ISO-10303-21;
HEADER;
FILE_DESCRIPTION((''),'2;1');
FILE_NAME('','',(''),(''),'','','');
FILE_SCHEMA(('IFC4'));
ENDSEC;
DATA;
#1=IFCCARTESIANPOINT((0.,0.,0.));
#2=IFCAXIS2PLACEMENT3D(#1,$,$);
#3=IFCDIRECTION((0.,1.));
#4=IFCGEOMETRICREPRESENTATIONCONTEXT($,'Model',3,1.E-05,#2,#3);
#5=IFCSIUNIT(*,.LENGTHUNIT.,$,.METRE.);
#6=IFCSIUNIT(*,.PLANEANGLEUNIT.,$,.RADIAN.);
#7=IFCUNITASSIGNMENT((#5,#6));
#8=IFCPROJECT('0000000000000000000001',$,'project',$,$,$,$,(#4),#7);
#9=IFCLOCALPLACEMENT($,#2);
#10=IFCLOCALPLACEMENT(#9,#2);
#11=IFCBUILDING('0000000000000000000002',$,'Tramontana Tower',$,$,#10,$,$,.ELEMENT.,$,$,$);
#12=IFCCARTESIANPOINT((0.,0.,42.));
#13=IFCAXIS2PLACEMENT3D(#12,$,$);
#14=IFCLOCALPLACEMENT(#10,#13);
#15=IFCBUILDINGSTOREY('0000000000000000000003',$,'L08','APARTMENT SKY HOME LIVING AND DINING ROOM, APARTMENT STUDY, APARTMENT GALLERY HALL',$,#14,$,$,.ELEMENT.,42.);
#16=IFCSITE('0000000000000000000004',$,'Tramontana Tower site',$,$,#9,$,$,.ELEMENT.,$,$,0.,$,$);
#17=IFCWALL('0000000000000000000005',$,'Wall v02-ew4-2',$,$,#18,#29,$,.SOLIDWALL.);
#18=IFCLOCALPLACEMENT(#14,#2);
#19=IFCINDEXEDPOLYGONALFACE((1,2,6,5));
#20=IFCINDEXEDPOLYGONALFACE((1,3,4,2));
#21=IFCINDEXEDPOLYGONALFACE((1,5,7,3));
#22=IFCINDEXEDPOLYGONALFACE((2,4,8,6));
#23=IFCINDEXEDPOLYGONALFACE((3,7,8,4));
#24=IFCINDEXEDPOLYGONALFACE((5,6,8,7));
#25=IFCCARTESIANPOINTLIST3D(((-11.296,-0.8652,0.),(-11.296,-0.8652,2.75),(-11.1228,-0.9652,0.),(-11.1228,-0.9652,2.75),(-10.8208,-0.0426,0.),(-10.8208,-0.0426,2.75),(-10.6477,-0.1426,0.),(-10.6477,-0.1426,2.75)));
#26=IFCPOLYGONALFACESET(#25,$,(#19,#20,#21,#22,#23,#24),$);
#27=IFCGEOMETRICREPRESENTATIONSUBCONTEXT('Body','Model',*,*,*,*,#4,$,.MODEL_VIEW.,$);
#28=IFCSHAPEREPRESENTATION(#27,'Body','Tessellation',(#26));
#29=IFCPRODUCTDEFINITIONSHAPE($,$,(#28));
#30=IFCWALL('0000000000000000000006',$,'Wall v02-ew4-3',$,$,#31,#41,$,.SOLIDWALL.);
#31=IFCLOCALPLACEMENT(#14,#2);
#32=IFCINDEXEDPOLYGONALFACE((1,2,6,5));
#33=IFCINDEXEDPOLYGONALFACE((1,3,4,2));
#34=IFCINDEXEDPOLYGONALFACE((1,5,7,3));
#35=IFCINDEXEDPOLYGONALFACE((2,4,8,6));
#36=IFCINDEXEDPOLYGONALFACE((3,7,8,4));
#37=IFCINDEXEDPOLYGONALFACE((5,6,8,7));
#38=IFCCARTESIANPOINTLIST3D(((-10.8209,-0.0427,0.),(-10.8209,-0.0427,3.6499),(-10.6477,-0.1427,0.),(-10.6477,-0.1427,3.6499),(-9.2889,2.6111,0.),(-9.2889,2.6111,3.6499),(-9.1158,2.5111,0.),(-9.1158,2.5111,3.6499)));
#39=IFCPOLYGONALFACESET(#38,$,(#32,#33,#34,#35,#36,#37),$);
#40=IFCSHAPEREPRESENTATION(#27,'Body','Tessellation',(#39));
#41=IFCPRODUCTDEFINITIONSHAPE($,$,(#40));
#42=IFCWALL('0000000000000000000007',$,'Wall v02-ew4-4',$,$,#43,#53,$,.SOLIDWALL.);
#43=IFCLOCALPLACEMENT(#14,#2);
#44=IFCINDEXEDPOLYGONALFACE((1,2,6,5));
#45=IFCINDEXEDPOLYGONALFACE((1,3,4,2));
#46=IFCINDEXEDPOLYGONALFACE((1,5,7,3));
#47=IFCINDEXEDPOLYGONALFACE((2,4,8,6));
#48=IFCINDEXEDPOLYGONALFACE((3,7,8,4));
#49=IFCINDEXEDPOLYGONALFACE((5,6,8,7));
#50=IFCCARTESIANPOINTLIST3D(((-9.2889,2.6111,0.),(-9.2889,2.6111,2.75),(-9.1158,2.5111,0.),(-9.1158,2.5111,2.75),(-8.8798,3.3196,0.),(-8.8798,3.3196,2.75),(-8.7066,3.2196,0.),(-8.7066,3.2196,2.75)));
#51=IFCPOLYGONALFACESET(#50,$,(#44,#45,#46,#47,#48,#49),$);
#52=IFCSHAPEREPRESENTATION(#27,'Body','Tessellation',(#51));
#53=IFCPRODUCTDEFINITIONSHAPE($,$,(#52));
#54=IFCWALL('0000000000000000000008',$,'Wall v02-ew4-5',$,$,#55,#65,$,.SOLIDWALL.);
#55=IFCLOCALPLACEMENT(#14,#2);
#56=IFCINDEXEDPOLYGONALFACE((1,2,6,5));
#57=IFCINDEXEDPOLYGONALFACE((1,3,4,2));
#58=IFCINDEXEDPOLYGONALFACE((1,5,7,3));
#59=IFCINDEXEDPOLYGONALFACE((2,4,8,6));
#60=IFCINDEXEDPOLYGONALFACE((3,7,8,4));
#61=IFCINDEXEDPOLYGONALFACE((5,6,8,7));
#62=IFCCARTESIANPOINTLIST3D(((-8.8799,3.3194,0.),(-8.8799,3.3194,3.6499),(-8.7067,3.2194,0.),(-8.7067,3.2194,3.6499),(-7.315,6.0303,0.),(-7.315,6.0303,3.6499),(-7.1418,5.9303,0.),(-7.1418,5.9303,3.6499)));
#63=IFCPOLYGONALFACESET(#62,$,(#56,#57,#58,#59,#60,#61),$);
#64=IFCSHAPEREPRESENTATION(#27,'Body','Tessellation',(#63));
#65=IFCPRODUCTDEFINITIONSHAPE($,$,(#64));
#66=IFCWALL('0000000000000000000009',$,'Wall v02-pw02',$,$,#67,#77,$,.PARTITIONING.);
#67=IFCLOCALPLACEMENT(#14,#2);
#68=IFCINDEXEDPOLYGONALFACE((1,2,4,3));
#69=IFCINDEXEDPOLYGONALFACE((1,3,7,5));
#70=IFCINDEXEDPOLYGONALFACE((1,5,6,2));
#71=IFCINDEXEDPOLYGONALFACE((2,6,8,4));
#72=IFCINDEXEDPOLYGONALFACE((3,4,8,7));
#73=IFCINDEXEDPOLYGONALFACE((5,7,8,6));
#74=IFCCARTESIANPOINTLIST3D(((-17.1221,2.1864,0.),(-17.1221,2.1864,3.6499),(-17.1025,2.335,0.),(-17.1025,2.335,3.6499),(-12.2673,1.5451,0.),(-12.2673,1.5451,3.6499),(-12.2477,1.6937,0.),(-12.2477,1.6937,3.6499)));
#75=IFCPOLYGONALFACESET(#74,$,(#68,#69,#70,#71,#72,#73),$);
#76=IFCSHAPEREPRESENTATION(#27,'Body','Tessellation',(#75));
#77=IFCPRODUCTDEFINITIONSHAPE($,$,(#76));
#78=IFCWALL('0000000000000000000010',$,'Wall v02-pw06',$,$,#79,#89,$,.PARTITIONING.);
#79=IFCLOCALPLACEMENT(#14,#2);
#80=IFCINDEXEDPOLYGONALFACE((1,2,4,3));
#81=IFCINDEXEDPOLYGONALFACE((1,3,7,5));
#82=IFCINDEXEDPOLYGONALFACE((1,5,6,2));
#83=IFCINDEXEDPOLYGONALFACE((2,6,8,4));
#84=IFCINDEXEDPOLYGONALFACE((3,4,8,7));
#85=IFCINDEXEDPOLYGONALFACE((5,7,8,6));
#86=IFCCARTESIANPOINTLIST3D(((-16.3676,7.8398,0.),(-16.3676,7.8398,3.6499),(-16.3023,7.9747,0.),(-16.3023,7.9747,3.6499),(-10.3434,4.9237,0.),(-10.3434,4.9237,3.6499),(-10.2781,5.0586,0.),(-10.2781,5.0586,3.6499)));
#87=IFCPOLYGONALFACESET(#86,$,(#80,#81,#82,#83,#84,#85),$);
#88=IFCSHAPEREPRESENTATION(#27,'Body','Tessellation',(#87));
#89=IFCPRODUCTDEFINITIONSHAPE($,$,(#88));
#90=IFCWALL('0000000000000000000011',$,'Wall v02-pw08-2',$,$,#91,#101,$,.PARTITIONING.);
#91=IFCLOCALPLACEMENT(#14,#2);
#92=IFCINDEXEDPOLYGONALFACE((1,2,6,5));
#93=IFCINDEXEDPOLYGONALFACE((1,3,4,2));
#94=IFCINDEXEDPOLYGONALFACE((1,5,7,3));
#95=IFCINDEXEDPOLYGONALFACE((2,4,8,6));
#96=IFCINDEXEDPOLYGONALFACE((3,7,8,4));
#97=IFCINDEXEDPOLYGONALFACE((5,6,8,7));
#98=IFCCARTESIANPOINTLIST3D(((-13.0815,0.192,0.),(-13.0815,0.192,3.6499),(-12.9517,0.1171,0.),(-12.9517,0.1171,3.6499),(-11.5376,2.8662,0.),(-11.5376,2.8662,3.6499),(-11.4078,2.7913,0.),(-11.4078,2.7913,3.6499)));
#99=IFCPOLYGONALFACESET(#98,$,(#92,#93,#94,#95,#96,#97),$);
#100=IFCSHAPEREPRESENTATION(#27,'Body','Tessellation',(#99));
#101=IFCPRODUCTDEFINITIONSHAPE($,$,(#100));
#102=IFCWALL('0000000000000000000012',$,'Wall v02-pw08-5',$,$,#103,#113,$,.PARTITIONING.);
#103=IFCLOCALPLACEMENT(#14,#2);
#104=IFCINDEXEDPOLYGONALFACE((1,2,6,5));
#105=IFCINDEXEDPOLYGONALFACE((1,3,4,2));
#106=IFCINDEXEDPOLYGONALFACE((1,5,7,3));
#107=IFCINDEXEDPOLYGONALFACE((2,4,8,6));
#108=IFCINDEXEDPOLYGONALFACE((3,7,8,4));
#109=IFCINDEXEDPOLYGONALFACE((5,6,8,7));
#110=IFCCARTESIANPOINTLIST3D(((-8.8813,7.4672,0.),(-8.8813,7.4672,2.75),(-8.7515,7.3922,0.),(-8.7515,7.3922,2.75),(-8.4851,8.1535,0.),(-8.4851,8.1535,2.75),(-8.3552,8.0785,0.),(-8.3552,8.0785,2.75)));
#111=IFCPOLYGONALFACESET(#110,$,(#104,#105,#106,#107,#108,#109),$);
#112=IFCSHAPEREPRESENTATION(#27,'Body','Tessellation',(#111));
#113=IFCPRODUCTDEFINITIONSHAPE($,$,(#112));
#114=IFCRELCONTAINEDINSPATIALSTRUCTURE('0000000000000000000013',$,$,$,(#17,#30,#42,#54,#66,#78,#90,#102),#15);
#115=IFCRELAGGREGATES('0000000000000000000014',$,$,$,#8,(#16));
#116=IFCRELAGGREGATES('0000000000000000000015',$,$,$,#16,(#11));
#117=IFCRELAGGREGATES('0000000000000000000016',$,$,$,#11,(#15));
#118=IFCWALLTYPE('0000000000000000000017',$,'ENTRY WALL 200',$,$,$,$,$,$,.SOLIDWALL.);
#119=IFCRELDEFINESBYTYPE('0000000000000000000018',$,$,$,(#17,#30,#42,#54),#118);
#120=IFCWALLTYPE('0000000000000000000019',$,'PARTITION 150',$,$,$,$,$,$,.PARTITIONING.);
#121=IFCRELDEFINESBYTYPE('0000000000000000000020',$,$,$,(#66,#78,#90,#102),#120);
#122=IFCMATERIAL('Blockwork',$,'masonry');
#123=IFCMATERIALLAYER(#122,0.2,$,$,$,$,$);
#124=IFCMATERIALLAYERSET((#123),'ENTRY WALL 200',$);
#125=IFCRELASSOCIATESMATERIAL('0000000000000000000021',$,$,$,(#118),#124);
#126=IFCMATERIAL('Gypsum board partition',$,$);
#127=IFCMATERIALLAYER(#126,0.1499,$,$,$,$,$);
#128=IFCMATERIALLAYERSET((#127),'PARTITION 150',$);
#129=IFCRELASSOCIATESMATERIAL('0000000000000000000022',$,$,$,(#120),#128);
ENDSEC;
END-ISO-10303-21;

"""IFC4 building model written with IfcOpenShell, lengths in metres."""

from ifc_helpers import new_model, si_unit, direction, frame, frame_2d, origin, place, context, subcontext, project, spatial, rectangle, extrude, material, layer, layer_set, type_object, element, save


model = new_model("IFC4")

# Units and contexts
model_context = context("Model", 3, precision=1e-05, world=origin(), true_north=direction((0.0, 1.0)))
body_context = subcontext(model_context, "Body", "Model", "MODEL_VIEW")
ifc_project = project(units=[si_unit("LENGTHUNIT", "METRE"), si_unit("PLANEANGLEUNIT", "RADIAN")], contexts=[model_context])

# Site, building, storey
site_placement = place(None, origin())
site = spatial("IfcSite", under=ifc_project, at=site_placement, Name="Tramontana Tower site", CompositionType="ELEMENT", RefElevation=0.0)
building_placement = place(site_placement, origin())
building = spatial("IfcBuilding", under=site, at=building_placement, Name="Tramontana Tower", CompositionType="ELEMENT")
storey_placement = place(building_placement, frame((0.0, 0.0, 42.0)))
storey = spatial("IfcBuildingStorey", under=building, at=storey_placement, Name="L08", Description="APARTMENT SKY HOME LIVING AND DINING ROOM, APARTMENT STUDY, APARTMENT GALLERY HALL", CompositionType="ELEMENT", Elevation=42.0)

# Walls
ifc_material_1 = material(Name="Blockwork", Category="masonry")
ifc_layer_1 = layer(ifc_material_1, 0.2)
ifc_layer_set_1 = layer_set([ifc_layer_1], Name="ENTRY WALL 200")
wall_type_1 = type_object("IfcWallType", Name="ENTRY WALL 200", PredefinedType="SOLIDWALL", material=ifc_layer_set_1)
wall_1_placement = place(storey_placement, frame((-11.2095, -0.9153, 0.0), z_axis=(0.0, 0.0, 1.0), x_axis=(0.500175, 0.865924, 0.0)))
element("IfcWall", 1, at=wall_1_placement, inside=storey, type_object=wall_type_1, Name="Wall v02-ew4-2", PredefinedType="SOLIDWALL", context=body_context, shape_type="SweptSolid", body=[
    extrude(rectangle(XDim=0.95, YDim=0.2, at=frame_2d((0.4751, 0.0))), origin(), (0.0, 0.0, 1.0), 2.75),
])
wall_2_placement = place(storey_placement, frame((-10.7344, -0.0928, 0.0), z_axis=(0.0, 0.0, 1.0), x_axis=(0.499952, 0.866053, 0.0)))
element("IfcWall", 2, at=wall_2_placement, inside=storey, type_object=wall_type_1, Name="Wall v02-ew4-3", PredefinedType="SOLIDWALL", context=body_context, shape_type="SweptSolid", body=[
    extrude(rectangle(XDim=3.0642, YDim=0.2, at=frame_2d((1.5322, 0.0))), origin(), (0.0, 0.0, 1.0), 3.6499),
])
wall_3_placement = place(storey_placement, frame((-9.2024, 2.561, 0.0), z_axis=(0.0, 0.0, 1.0), x_axis=(0.500119, 0.865957, 0.0)))
element("IfcWall", 3, at=wall_3_placement, inside=storey, type_object=wall_type_1, Name="Wall v02-ew4-4", PredefinedType="SOLIDWALL", context=body_context, shape_type="SweptSolid", body=[
    extrude(rectangle(XDim=0.8181, YDim=0.2, at=frame_2d((0.4092, 0.0))), origin(), (0.0, 0.0, 1.0), 2.75),
])
wall_4_placement = place(storey_placement, frame((-8.7932, 3.2695, 0.0), z_axis=(0.0, 0.0, 1.0), x_axis=(0.499948, 0.866056, 0.0)))
element("IfcWall", 4, at=wall_4_placement, inside=storey, type_object=wall_type_1, Name="Wall v02-ew4-5", PredefinedType="SOLIDWALL", context=body_context, shape_type="SweptSolid", body=[
    extrude(rectangle(XDim=3.1301, YDim=0.2, at=frame_2d((1.5649, 0.0))), origin(), (0.0, 0.0, 1.0), 3.6499),
])
ifc_material_2 = material(Name="Gypsum board partition")
ifc_layer_2 = layer(ifc_material_2, 0.1499)
ifc_layer_set_2 = layer_set([ifc_layer_2], Name="PARTITION 150")
wall_type_2 = type_object("IfcWallType", Name="PARTITION 150", PredefinedType="PARTITIONING", material=ifc_layer_set_2)
wall_5_placement = place(storey_placement, frame((-17.1123, 2.2607, 0.0), z_axis=(0.0, 0.0, 1.0), x_axis=(0.991386, -0.130972, 0.0)))
element("IfcWall", 5, at=wall_5_placement, inside=storey, type_object=wall_type_2, Name="Wall v02-pw02", PredefinedType="PARTITIONING", context=body_context, shape_type="SweptSolid", body=[
    extrude(rectangle(XDim=4.897, YDim=0.1499, at=frame_2d((2.4485, 0.0))), origin(), (0.0, 0.0, 1.0), 3.6499),
])
wall_6_placement = place(storey_placement, frame((-16.335, 7.9072, 0.0), z_axis=(0.0, 0.0, 1.0), x_axis=(0.900095, -0.435693, 0.0)))
element("IfcWall", 6, at=wall_6_placement, inside=storey, type_object=wall_type_2, Name="Wall v02-pw06", PredefinedType="PARTITIONING", context=body_context, shape_type="SweptSolid", body=[
    extrude(rectangle(XDim=6.6929, YDim=0.1499, at=frame_2d((3.3464, 0.0))), origin(), (0.0, 0.0, 1.0), 3.6499),
])

# Wall
wall_7_placement = place(storey_placement, frame((-13.0166, 0.1545, 0.0), z_axis=(0.0, 0.0, 1.0), x_axis=(0.499983, 0.866035, 0.0)))
element("IfcWall", 7, at=wall_7_placement, inside=storey, type_object=wall_type_2, Name="Wall v02-pw08-2", PredefinedType="PARTITIONING", context=body_context, shape_type="SweptSolid", body=[
    extrude(rectangle(XDim=3.0879, YDim=0.1499, at=frame_2d((1.5439, 0.0))), origin(), (0.0, 0.0, 1.0), 3.6499),
])

# Wall
wall_8_placement = place(storey_placement, frame((-8.8164, 7.4297, 0.0), z_axis=(0.0, 0.0, 1.0), x_axis=(0.500016, 0.866016, 0.0)))
element("IfcWall", 8, at=wall_8_placement, inside=storey, type_object=wall_type_2, Name="Wall v02-pw08-5", PredefinedType="PARTITIONING", context=body_context, shape_type="SweptSolid", body=[
    extrude(rectangle(XDim=0.7925, YDim=0.1499, at=frame_2d((0.3962, 0.0))), origin(), (0.0, 0.0, 1.0), 2.75),
])

save(model, "model.ifc")
